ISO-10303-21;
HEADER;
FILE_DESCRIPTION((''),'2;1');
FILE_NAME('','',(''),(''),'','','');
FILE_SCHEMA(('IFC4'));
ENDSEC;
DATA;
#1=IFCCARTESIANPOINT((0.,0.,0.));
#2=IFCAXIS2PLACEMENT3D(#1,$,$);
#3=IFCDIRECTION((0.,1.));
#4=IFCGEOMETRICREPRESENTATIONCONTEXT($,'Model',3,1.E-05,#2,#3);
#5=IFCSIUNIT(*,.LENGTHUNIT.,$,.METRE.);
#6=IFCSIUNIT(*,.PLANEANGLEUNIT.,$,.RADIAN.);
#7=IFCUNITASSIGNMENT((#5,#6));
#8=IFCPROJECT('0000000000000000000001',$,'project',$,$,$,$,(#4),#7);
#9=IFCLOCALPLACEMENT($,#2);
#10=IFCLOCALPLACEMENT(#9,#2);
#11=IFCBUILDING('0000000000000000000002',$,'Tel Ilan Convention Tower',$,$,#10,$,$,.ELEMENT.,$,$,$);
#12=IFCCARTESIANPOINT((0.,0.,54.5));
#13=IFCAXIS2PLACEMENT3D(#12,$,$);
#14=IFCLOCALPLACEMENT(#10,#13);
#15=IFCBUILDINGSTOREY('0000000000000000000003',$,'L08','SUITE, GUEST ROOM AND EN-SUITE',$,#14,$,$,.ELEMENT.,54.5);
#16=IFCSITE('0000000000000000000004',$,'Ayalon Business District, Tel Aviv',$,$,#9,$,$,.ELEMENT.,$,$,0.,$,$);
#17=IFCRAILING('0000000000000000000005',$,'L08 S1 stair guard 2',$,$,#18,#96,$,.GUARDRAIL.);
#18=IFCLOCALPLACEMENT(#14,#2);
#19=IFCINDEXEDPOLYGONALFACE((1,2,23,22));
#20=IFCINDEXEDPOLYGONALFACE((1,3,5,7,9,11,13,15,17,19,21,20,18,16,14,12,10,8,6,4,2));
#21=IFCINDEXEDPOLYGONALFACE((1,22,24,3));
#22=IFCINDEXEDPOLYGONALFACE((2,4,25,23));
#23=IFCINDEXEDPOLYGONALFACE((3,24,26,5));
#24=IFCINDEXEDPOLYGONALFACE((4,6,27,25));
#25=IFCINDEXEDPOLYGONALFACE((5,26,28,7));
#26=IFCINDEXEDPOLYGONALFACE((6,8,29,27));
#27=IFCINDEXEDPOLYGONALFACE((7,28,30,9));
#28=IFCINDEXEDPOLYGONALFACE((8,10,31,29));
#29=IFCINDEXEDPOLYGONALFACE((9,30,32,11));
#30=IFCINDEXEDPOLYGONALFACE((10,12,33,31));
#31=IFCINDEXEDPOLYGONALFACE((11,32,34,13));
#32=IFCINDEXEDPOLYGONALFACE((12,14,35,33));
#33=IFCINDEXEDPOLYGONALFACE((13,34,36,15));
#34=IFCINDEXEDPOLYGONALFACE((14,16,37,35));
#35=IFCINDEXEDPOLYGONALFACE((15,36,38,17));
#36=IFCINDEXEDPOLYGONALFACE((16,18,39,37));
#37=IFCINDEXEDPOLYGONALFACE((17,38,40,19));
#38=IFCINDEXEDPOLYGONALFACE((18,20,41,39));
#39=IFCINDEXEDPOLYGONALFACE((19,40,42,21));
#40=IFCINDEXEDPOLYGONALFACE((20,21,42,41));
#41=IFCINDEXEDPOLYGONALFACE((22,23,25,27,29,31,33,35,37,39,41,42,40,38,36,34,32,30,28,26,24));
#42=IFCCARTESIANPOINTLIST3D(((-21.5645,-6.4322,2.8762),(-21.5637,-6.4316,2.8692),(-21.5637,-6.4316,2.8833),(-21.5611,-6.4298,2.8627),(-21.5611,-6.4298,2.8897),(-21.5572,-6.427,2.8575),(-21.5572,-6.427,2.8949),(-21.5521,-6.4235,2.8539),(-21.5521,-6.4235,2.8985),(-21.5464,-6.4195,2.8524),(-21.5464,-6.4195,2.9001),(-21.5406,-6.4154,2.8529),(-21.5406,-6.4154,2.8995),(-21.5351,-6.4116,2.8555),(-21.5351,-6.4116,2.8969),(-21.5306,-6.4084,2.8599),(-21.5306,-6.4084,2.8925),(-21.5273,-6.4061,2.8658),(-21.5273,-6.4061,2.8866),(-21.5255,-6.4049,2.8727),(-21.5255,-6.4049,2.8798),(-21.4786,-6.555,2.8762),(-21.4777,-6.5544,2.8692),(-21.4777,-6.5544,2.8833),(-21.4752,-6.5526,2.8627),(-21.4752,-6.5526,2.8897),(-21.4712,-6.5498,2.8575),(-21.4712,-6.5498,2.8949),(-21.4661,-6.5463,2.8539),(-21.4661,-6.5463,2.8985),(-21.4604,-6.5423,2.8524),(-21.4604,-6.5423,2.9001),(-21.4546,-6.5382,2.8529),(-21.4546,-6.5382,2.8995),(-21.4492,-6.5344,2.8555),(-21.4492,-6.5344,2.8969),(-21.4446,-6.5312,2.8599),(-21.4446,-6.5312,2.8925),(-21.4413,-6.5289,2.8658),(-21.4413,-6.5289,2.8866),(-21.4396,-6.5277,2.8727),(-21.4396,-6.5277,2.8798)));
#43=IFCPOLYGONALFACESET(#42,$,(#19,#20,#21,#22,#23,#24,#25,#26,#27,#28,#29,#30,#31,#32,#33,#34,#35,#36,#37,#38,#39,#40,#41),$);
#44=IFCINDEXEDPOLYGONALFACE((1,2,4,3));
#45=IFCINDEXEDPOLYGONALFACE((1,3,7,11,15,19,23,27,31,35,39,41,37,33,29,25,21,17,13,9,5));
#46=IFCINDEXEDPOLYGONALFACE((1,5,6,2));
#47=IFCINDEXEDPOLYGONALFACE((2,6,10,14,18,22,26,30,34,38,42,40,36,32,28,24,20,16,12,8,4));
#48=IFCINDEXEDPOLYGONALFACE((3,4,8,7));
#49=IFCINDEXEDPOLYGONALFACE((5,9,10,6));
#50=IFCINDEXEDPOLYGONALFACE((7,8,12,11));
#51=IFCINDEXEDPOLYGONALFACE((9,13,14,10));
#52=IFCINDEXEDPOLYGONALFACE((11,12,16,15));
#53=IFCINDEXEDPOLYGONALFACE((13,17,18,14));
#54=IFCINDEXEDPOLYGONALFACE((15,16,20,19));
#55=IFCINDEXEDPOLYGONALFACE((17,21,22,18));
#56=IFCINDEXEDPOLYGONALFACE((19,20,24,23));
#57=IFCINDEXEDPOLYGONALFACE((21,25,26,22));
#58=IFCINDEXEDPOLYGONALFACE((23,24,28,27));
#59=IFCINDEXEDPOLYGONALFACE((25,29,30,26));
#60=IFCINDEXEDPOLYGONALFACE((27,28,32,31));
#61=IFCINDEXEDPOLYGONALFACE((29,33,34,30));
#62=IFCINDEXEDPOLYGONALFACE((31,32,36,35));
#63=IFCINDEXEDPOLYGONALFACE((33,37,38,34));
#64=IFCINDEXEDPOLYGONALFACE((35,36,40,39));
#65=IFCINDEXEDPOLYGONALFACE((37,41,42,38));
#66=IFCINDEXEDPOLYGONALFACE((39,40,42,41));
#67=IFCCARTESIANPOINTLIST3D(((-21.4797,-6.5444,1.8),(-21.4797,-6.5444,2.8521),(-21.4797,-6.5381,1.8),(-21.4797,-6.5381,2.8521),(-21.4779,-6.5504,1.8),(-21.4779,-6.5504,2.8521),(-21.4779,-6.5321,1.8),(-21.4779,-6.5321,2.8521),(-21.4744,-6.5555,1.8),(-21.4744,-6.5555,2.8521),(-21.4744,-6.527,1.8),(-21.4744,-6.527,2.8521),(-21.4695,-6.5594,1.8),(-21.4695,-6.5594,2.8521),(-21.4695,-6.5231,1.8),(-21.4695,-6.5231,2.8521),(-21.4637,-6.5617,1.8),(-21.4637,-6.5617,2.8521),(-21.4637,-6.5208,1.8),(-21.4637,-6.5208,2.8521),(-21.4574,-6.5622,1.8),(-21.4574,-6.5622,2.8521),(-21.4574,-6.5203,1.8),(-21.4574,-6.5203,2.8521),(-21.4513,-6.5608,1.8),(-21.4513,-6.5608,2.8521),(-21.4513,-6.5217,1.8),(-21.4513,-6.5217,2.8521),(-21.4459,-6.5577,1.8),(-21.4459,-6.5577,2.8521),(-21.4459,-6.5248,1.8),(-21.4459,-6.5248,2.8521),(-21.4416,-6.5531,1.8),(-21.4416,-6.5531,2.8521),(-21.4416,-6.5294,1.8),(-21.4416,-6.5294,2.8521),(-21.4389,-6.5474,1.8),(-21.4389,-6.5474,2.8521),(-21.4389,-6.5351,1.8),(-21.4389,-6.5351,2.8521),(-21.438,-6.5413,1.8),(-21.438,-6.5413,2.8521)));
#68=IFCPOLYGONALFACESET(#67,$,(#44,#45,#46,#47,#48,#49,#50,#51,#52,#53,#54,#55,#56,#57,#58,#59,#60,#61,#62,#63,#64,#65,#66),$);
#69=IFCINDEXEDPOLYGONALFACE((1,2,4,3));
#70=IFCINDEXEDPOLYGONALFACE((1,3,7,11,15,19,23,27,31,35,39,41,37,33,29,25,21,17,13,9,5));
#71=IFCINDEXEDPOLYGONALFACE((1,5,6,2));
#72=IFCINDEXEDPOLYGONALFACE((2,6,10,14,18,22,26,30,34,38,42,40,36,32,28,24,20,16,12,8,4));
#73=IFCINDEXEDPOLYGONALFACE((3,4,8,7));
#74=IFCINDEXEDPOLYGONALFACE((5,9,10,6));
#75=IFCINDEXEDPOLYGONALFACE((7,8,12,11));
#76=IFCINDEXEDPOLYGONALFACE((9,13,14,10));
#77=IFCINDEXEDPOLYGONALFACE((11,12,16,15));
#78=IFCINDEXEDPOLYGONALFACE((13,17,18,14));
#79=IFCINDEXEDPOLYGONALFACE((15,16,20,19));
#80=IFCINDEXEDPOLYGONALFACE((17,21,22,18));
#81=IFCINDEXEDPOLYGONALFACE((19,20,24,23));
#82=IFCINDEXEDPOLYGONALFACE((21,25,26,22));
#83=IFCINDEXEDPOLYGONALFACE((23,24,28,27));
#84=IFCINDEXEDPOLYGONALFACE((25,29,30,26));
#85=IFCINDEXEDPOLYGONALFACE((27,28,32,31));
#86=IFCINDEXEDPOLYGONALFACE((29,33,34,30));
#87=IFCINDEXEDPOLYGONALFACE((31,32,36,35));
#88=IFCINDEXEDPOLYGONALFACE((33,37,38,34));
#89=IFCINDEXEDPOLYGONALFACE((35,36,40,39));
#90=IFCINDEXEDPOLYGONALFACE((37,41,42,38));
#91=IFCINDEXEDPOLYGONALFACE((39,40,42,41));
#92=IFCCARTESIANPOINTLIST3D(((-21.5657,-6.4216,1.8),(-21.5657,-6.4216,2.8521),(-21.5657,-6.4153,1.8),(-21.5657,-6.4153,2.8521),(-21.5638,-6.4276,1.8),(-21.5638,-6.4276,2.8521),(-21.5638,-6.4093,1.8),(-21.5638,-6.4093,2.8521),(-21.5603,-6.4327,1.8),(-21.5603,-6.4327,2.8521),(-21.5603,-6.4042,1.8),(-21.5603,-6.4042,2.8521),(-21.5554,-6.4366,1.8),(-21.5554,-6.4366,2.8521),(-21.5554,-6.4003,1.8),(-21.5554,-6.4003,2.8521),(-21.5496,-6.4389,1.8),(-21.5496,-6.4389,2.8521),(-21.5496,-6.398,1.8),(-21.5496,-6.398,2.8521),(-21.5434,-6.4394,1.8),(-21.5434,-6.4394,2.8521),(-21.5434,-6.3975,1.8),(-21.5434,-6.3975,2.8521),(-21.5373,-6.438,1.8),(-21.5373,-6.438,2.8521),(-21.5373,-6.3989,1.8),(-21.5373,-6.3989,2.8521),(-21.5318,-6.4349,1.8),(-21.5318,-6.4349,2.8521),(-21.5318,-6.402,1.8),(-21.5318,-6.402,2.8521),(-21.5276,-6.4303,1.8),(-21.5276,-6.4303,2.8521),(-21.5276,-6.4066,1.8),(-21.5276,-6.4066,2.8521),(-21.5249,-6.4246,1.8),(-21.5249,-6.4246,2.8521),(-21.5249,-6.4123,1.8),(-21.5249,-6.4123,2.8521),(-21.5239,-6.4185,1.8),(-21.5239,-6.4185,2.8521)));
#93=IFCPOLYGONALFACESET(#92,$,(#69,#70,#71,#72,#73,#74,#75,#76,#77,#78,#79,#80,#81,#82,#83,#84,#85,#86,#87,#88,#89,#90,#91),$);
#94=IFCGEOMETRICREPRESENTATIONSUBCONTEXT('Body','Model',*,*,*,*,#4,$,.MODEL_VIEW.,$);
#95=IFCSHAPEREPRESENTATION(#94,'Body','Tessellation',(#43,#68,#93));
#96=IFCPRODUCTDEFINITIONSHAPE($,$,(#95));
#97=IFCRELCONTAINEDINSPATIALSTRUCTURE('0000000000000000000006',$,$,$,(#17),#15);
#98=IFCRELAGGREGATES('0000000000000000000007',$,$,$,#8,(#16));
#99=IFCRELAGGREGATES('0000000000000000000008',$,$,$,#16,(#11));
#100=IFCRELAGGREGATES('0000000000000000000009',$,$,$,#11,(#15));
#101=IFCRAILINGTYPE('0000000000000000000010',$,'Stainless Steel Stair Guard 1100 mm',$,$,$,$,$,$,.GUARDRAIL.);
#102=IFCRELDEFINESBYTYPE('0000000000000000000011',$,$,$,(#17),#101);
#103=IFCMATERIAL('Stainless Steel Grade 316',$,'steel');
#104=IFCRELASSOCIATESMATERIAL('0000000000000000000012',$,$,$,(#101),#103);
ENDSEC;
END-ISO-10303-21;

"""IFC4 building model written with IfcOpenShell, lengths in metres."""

from ifc_helpers import new_model, si_unit, direction, frame, origin, origin_2d, place, context, subcontext, project, spatial, circle, extrude, material, type_object, element, save


model = new_model("IFC4")

# Units and contexts
model_context = context("Model", 3, precision=1e-05, world=origin(), true_north=direction((0.0, 1.0)))
body_context = subcontext(model_context, "Body", "Model", "MODEL_VIEW")
ifc_project = project(units=[si_unit("LENGTHUNIT", "METRE"), si_unit("PLANEANGLEUNIT", "RADIAN")], contexts=[model_context])

# Site, building, storey
site_placement = place(None, origin())
site = spatial("IfcSite", under=ifc_project, at=site_placement, Name="Ayalon Business District, Tel Aviv", CompositionType="ELEMENT", RefElevation=0.0)
building_placement = place(site_placement, origin())
building = spatial("IfcBuilding", under=site, at=building_placement, Name="Tel Ilan Convention Tower", CompositionType="ELEMENT")
storey_placement = place(building_placement, frame((0.0, 0.0, 54.5)))
storey = spatial("IfcBuildingStorey", under=building, at=storey_placement, Name="L08", Description="SUITE, GUEST ROOM AND EN-SUITE", CompositionType="ELEMENT", Elevation=54.5)

# Railing
ifc_material_1 = material(Name="Stainless Steel Grade 316", Category="steel")
railing_type_1 = type_object("IfcRailingType", Name="Stainless Steel Stair Guard 1100 mm", PredefinedType="GUARDRAIL", material=ifc_material_1)
railing_1_placement = place(storey_placement, frame((-21.459, -6.5413, 1.8)))
element("IfcRailing", 1, at=railing_1_placement, inside=storey, type_object=railing_type_1, Name="L08 S1 stair guard 2", PredefinedType="GUARDRAIL", context=body_context, shape_type="SweptSolid", body=[
    extrude(circle(Radius=0.0239, at=origin_2d()), frame((0.0, 0.0, 1.0762), z_axis=(-0.573353, 0.819308, 0.0), x_axis=(-0.819308, -0.573353, 0.0)), (0.0, 0.0, 1.0), 0.1499),
    extrude(circle(Radius=0.021, at=origin_2d()), origin(), (0.0, 0.0, 1.0), 1.052),
    extrude(circle(Radius=0.021, at=origin_2d()), frame((-0.0859, 0.1228, 0.0)), (0.0, 0.0, 1.0), 1.052),
])

save(model, "model.ifc")
